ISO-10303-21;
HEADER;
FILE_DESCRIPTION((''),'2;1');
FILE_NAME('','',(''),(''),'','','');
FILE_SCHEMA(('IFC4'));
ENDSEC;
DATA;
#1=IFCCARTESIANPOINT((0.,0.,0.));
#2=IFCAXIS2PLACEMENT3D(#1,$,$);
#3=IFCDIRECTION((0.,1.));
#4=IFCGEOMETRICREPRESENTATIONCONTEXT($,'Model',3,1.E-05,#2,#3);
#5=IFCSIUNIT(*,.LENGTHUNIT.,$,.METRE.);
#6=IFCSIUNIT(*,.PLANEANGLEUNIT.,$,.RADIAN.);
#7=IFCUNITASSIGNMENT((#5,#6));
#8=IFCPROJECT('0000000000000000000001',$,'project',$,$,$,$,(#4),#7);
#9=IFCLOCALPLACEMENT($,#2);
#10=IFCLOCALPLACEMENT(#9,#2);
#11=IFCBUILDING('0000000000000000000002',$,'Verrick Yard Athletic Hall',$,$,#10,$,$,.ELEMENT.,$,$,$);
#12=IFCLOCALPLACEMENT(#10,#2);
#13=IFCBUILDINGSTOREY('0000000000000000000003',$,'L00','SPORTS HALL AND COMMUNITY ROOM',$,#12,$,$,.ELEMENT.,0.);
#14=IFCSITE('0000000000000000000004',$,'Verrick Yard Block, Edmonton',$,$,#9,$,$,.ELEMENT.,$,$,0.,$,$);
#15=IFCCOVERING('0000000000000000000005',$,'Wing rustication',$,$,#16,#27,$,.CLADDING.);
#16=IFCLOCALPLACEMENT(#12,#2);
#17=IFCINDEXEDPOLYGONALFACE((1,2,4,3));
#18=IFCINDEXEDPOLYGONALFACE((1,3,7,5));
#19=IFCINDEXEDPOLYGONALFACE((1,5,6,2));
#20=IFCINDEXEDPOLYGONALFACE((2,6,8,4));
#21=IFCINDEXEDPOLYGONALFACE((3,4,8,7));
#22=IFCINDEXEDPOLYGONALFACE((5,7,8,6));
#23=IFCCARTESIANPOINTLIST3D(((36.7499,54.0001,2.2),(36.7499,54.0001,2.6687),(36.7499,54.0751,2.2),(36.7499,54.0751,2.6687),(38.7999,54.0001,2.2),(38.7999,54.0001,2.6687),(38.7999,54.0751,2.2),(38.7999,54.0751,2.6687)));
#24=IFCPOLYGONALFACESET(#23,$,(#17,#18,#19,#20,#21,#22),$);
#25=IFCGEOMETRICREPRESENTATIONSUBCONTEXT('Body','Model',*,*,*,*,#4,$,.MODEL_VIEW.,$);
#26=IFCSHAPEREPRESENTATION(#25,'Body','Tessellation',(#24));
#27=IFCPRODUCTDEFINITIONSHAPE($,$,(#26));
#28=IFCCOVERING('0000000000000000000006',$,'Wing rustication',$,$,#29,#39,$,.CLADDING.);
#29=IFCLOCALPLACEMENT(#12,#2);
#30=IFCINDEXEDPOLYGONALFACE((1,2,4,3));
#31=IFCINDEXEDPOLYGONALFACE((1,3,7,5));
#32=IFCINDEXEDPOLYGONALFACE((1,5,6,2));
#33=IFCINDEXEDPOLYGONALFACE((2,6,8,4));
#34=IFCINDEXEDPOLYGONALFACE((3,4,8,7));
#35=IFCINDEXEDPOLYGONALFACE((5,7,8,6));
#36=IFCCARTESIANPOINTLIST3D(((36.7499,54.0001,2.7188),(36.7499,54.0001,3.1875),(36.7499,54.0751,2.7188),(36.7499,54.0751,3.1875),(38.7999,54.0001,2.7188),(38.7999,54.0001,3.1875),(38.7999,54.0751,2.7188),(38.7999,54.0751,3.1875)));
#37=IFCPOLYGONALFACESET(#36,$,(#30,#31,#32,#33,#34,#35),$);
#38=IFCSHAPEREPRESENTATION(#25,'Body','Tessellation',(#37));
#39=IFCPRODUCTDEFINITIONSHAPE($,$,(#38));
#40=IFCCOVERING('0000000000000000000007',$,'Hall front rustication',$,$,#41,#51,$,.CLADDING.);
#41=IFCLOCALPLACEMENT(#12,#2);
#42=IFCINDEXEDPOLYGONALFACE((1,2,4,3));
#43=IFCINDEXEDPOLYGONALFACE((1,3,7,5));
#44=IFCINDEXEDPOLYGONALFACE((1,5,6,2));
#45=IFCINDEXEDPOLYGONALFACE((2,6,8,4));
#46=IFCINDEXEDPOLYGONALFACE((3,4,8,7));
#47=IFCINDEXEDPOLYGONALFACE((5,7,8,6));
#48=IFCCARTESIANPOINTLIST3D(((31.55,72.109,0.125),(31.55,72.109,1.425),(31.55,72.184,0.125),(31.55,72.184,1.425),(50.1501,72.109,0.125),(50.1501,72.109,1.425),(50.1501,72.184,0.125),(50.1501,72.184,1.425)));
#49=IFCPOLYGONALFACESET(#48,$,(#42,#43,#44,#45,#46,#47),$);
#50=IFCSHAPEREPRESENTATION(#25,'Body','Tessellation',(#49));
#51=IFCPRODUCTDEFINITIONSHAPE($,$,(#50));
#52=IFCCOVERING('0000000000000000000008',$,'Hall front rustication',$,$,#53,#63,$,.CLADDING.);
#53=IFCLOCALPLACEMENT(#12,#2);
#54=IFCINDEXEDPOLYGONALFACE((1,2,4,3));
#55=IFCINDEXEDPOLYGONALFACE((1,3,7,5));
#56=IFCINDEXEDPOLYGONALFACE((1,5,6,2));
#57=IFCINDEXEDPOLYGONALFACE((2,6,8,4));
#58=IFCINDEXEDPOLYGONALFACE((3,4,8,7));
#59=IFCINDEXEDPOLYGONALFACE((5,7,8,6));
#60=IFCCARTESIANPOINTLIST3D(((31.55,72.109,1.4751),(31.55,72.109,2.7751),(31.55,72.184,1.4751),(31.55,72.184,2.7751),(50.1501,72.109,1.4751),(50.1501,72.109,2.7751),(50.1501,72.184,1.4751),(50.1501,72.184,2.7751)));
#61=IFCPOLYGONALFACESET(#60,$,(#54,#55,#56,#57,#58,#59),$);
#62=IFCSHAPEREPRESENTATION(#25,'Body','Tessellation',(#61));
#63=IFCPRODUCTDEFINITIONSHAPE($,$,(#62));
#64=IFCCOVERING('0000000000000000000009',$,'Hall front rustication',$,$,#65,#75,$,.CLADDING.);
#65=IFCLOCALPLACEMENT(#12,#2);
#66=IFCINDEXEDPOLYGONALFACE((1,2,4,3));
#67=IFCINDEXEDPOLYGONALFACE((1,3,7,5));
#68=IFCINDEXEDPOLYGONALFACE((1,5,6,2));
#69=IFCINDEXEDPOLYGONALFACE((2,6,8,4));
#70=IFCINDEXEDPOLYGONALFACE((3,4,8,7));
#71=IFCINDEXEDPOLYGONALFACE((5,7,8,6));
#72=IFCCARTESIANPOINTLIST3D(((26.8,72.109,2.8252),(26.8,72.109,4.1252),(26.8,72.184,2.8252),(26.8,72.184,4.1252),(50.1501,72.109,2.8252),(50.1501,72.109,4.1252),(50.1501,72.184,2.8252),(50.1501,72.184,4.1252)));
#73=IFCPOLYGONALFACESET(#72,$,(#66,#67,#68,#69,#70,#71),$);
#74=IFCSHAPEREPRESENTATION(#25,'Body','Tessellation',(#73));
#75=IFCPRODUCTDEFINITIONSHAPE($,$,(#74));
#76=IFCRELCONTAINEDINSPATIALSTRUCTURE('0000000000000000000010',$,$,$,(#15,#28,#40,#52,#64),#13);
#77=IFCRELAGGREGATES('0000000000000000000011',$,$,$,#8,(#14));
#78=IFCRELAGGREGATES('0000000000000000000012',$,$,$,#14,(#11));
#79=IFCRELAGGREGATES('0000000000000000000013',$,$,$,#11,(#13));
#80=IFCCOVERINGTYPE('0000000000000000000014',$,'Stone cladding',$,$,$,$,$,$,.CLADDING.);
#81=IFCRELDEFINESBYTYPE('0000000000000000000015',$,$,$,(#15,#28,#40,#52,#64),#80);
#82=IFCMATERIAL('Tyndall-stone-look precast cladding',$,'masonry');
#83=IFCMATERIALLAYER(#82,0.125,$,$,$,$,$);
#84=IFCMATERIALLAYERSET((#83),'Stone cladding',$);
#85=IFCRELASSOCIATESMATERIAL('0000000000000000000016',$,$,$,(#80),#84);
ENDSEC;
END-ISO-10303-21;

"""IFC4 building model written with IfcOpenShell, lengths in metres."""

from ifc_helpers import new_model, si_unit, direction, frame, origin, origin_2d, place, context, subcontext, project, spatial, rectangle, extrude, material, layer, layer_set, type_object, element, save


model = new_model("IFC4")

# Units and contexts
model_context = context("Model", 3, precision=1e-05, world=origin(), true_north=direction((0.0, 1.0)))
body_context = subcontext(model_context, "Body", "Model", "MODEL_VIEW")
ifc_project = project(units=[si_unit("LENGTHUNIT", "METRE"), si_unit("PLANEANGLEUNIT", "RADIAN")], contexts=[model_context])

# Site, building, storey
site_placement = place(None, origin())
site = spatial("IfcSite", under=ifc_project, at=site_placement, Name="Verrick Yard Block, Edmonton", CompositionType="ELEMENT", RefElevation=0.0)
building_placement = place(site_placement, origin())
building = spatial("IfcBuilding", under=site, at=building_placement, Name="Verrick Yard Athletic Hall", CompositionType="ELEMENT")
storey_placement = place(building_placement, origin())
storey = spatial("IfcBuildingStorey", under=building, at=storey_placement, Name="L00", Description="SPORTS HALL AND COMMUNITY ROOM", CompositionType="ELEMENT", Elevation=0.0)

# Coverings
ifc_material_1 = material(Name="Tyndall-stone-look precast cladding", Category="masonry")
ifc_layer_1 = layer(ifc_material_1, 0.125)
ifc_layer_set_1 = layer_set([ifc_layer_1], Name="Stone cladding")
covering_type_1 = type_object("IfcCoveringType", Name="Stone cladding", PredefinedType="CLADDING", material=ifc_layer_set_1)
for number, where, z_axis, x_axis, name in (
    (1, (37.7749, 54.0376, 2.2), (0.0, 0.0, 1.0), (1.0, 0.0, 0.0), "Wing rustication"),
    (2, (37.7749, 54.0376, 2.7188), (0.0, 0.0, 1.0), (1.0, 0.0, 0.0), "Wing rustication"),
):
    element("IfcCovering", number, at=place(storey_placement, frame(where, z_axis=z_axis, x_axis=x_axis)), inside=storey, type_object=covering_type_1, Name=name, PredefinedType="CLADDING", context=body_context, shape_type="SweptSolid", body=[
        extrude(rectangle(XDim=2.05, YDim=0.075, at=origin_2d()), origin(), (0.0, 0.0, 1.0), 0.4688),
    ])
for number, where, z_axis, x_axis, name in (
    (3, (40.8501, 72.1465, 0.125), (0.0, 0.0, 1.0), (1.0, 0.0, 0.0), "Hall front rustication"),
    (4, (40.8501, 72.1465, 1.4751), (0.0, 0.0, 1.0), (1.0, 0.0, 0.0), "Hall front rustication"),
):
    element("IfcCovering", number, at=place(storey_placement, frame(where, z_axis=z_axis, x_axis=x_axis)), inside=storey, type_object=covering_type_1, Name=name, PredefinedType="CLADDING", context=body_context, shape_type="SweptSolid", body=[
        extrude(rectangle(XDim=18.6001, YDim=0.075, at=origin_2d()), origin(), (0.0, 0.0, 1.0), 1.3),
    ])
covering_1_placement = place(storey_placement, frame((38.4751, 72.1465, 2.8252), z_axis=(0.0, 0.0, 1.0), x_axis=(1.0, 0.0, 0.0)))
element("IfcCovering", 5, at=covering_1_placement, inside=storey, type_object=covering_type_1, Name="Hall front rustication", PredefinedType="CLADDING", context=body_context, shape_type="SweptSolid", body=[
    extrude(rectangle(XDim=23.3501, YDim=0.075, at=origin_2d()), origin(), (0.0, 0.0, 1.0), 1.3),
])

save(model, "model.ifc")
